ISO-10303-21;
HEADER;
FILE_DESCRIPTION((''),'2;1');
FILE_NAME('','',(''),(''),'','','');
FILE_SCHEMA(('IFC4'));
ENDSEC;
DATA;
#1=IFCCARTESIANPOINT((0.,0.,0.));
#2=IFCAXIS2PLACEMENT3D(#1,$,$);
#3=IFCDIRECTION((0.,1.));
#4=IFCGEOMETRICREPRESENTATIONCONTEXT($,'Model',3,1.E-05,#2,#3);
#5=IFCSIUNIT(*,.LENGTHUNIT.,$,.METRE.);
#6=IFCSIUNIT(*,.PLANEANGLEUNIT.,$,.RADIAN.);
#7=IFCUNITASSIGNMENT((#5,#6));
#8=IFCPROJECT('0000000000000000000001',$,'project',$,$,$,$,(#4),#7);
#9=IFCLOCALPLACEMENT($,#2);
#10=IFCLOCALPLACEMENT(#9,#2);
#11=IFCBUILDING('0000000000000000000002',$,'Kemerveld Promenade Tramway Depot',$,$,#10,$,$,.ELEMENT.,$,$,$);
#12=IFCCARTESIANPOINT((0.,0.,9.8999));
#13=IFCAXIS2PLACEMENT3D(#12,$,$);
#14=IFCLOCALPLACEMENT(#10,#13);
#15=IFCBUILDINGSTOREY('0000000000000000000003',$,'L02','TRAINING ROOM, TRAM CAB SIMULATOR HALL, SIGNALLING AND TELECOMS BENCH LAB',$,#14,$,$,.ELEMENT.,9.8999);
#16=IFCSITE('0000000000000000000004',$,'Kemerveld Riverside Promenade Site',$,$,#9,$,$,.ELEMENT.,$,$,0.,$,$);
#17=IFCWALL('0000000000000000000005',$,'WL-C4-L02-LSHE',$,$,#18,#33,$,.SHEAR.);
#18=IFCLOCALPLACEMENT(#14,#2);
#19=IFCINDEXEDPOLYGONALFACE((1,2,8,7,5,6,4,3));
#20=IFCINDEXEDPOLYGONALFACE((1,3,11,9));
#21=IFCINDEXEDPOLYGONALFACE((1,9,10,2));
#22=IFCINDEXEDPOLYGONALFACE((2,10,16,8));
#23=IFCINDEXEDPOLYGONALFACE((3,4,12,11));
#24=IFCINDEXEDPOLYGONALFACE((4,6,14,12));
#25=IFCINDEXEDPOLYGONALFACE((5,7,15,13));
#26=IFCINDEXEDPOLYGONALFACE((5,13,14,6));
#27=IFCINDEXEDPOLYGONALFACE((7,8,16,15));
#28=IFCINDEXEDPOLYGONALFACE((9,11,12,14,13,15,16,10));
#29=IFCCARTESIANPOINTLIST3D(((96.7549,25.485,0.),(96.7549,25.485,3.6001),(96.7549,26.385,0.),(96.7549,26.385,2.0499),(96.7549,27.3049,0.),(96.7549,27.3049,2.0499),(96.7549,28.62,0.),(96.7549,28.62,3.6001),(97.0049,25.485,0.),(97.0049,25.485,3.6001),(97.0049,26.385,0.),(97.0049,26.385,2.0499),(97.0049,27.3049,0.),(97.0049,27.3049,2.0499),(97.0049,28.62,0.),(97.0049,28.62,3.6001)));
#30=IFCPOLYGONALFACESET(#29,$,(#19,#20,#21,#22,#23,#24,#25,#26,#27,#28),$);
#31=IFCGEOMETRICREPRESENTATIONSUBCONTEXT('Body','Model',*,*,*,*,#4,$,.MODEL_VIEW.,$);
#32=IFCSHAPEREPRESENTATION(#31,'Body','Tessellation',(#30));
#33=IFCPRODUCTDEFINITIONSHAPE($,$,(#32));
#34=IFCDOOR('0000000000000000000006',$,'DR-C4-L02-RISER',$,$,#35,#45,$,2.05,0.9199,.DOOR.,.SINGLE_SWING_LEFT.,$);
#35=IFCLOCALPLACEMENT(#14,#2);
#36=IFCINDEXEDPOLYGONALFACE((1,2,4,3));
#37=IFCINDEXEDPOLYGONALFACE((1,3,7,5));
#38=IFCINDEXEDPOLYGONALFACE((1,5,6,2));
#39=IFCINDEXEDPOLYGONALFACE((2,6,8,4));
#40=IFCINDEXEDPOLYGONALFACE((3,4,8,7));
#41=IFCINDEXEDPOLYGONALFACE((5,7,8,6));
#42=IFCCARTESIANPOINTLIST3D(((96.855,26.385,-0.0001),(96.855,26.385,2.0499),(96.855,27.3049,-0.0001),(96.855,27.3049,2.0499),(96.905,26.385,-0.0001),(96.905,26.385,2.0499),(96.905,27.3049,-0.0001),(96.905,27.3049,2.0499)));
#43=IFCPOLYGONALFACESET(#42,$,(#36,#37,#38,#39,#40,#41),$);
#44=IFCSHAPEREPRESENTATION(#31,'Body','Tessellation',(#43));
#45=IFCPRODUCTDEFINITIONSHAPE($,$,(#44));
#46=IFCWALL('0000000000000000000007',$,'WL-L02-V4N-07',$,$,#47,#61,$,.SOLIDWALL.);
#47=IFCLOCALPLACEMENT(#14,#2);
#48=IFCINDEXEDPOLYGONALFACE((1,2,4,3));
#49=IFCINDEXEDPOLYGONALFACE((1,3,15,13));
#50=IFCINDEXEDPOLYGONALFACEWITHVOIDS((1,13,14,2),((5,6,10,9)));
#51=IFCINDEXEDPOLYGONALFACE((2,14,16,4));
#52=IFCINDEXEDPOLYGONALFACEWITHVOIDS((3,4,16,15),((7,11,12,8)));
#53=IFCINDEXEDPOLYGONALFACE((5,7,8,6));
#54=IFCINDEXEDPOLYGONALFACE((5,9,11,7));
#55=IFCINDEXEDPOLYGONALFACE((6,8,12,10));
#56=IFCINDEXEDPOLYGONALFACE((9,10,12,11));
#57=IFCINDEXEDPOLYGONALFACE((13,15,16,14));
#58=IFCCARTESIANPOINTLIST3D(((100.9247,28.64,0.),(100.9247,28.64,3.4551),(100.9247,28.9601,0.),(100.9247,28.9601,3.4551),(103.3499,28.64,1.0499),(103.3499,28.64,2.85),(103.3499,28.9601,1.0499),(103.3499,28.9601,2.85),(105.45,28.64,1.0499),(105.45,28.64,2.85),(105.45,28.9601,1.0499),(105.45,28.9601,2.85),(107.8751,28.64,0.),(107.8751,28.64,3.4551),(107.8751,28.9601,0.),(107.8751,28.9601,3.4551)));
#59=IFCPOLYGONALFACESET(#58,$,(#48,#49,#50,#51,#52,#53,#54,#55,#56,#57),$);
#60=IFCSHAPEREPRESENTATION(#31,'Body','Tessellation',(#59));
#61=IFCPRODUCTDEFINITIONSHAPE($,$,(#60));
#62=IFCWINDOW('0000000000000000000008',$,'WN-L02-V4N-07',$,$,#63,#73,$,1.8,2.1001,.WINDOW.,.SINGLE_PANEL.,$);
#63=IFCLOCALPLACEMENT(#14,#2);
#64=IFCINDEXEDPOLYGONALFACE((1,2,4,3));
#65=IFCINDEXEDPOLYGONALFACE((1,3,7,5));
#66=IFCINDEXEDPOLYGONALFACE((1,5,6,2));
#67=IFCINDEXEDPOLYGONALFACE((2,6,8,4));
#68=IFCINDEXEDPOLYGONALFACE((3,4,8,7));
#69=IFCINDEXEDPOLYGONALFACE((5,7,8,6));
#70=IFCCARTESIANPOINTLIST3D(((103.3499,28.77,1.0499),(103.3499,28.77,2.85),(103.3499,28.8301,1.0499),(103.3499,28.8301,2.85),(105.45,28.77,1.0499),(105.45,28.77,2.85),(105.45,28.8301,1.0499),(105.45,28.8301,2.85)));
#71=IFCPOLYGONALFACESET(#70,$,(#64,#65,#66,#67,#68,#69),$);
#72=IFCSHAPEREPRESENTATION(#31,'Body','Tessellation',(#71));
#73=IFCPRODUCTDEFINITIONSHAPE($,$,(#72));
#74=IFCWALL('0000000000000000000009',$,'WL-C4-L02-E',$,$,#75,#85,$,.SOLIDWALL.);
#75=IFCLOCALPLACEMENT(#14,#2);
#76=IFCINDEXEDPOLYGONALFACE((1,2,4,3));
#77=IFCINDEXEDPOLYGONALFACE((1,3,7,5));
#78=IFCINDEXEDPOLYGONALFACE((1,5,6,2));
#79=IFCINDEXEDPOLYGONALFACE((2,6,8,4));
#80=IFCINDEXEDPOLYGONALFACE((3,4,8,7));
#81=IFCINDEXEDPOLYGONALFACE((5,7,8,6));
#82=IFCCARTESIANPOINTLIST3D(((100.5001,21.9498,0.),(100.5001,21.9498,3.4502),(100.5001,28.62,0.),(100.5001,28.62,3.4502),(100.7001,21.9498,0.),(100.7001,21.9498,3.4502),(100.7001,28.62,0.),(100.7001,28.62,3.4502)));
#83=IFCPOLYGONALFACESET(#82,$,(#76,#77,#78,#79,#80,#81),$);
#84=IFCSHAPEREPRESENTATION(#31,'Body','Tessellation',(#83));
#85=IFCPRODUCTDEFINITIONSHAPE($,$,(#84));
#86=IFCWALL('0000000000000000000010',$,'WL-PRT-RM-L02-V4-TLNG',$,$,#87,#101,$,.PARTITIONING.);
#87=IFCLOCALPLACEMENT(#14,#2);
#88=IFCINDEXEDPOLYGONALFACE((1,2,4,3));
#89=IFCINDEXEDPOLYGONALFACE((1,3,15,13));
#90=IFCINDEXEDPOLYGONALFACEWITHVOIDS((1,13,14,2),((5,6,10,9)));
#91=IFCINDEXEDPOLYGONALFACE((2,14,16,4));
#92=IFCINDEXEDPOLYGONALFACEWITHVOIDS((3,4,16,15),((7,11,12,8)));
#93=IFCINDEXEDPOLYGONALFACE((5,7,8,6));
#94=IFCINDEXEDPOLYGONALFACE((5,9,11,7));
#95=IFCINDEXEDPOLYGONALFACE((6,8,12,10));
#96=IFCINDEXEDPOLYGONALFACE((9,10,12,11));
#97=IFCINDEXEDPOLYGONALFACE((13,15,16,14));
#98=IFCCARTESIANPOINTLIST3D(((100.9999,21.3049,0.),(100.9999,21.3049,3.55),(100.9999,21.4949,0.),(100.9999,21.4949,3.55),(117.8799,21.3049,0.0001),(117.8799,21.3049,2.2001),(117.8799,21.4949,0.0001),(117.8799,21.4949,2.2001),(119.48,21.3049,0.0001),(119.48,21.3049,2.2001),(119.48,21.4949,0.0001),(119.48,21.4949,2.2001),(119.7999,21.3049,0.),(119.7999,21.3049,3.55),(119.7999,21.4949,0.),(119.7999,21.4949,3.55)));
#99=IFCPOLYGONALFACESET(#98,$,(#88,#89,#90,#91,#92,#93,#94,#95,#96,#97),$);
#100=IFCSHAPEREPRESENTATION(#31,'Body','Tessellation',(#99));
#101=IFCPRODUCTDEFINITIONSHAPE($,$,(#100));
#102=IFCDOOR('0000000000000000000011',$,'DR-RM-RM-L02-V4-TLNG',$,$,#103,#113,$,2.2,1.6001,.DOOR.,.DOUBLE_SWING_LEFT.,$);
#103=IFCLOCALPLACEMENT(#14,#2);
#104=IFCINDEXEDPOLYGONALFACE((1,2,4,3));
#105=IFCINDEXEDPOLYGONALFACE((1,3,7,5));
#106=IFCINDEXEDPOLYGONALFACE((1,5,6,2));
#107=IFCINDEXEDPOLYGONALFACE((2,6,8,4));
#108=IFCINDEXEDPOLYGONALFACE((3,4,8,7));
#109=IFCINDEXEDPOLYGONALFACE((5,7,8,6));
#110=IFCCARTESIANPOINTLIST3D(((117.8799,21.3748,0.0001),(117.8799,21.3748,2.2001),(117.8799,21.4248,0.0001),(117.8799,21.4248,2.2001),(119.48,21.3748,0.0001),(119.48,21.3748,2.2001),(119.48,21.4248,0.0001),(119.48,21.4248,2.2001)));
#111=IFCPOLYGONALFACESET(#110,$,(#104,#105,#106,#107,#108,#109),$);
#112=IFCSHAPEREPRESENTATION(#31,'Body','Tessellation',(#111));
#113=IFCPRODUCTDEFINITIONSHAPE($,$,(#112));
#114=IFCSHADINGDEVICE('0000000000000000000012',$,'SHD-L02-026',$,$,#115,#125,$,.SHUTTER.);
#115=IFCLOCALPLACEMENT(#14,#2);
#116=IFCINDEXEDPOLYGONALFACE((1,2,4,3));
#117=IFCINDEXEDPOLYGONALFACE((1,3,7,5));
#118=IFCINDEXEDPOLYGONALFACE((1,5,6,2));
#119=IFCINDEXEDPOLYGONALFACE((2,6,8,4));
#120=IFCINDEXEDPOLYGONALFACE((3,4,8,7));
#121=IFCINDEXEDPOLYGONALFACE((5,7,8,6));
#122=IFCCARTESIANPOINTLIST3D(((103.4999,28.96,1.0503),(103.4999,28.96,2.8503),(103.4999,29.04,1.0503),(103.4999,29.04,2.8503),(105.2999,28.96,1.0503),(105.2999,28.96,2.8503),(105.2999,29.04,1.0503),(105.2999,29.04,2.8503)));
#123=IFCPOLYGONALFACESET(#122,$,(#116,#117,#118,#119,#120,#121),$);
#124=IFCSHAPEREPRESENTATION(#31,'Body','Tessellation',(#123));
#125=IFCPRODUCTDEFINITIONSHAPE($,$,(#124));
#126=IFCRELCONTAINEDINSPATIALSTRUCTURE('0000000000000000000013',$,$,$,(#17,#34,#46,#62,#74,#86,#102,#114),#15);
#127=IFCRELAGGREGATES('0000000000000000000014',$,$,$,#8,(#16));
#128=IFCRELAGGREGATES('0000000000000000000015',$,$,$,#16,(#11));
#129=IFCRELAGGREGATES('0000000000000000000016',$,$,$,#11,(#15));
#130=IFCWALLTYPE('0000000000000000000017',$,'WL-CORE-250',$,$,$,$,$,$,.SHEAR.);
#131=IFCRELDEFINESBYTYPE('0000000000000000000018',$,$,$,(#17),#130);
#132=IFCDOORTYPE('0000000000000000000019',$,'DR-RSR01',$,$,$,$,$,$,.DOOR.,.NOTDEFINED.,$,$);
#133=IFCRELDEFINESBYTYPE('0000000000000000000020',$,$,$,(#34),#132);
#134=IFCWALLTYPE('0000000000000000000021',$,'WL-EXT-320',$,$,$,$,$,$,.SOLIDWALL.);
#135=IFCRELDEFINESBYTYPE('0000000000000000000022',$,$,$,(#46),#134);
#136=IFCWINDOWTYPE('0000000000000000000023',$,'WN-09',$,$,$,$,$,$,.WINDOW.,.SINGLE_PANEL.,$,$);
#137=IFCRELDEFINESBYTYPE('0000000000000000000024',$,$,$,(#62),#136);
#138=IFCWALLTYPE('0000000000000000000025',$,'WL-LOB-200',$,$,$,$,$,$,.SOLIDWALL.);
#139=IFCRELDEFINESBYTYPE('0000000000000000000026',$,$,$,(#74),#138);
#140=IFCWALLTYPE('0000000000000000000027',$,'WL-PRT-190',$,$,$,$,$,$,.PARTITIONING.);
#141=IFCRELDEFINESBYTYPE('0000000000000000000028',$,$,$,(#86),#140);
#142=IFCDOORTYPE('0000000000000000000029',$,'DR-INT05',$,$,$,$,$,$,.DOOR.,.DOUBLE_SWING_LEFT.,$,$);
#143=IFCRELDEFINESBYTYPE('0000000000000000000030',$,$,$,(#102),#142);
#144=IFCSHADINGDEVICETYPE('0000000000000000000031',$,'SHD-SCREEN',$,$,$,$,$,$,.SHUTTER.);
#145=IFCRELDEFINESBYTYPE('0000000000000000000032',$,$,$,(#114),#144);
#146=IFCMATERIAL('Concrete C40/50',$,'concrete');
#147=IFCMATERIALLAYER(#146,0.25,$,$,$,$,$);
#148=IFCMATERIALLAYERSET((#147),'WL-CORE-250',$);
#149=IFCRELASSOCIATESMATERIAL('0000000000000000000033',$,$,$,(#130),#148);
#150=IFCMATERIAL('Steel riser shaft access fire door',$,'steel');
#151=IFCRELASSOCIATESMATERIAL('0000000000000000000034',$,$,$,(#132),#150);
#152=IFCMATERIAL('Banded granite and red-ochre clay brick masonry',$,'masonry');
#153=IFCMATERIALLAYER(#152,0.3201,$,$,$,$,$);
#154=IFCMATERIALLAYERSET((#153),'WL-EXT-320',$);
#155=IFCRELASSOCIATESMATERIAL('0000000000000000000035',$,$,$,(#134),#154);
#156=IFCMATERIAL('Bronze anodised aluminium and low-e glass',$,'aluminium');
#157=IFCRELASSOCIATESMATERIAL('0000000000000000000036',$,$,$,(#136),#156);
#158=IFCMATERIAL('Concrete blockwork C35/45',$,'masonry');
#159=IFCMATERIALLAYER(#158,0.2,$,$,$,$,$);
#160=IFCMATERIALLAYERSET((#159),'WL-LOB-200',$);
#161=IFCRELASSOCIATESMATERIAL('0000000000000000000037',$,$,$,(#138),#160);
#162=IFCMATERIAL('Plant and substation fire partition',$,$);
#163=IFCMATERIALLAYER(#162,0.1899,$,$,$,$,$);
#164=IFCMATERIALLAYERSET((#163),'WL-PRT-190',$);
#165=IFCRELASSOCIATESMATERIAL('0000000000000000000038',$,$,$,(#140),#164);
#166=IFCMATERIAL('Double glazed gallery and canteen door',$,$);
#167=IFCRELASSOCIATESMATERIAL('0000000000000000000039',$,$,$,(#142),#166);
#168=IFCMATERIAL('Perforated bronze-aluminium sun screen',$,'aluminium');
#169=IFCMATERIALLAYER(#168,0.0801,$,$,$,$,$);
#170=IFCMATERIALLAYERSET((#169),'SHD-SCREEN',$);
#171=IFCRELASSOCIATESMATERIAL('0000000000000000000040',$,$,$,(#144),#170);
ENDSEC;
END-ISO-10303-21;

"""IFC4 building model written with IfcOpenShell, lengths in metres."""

from ifc_helpers import new_model, si_unit, direction, frame, frame_2d, origin, origin_2d, place, context, subcontext, project, spatial, rectangle, extrude, material, layer, layer_set, type_object, element, fill, save


model = new_model("IFC4")

# Units and contexts
model_context = context("Model", 3, precision=1e-05, world=origin(), true_north=direction((0.0, 1.0)))
body_context = subcontext(model_context, "Body", "Model", "MODEL_VIEW")
ifc_project = project(units=[si_unit("LENGTHUNIT", "METRE"), si_unit("PLANEANGLEUNIT", "RADIAN")], contexts=[model_context])

# Site, building, storey
site_placement = place(None, origin())
site = spatial("IfcSite", under=ifc_project, at=site_placement, Name="Kemerveld Riverside Promenade Site", CompositionType="ELEMENT", RefElevation=0.0)
building_placement = place(site_placement, origin())
building = spatial("IfcBuilding", under=site, at=building_placement, Name="Kemerveld Promenade Tramway Depot", CompositionType="ELEMENT")
storey_placement = place(building_placement, frame((0.0, 0.0, 9.8999)))
storey = spatial("IfcBuildingStorey", under=building, at=storey_placement, Name="L02", Description="TRAINING ROOM, TRAM CAB SIMULATOR HALL, SIGNALLING AND TELECOMS BENCH LAB", CompositionType="ELEMENT", Elevation=9.8999)

# Shared definitions
ifc_material_1 = material(Name="Concrete C40/50", Category="concrete")

# Wall, opening, door
ifc_layer_1 = layer(ifc_material_1, 0.25)
ifc_layer_set_1 = layer_set([ifc_layer_1], Name="WL-CORE-250")
wall_type_1 = type_object("IfcWallType", Name="WL-CORE-250", PredefinedType="SHEAR", material=ifc_layer_set_1)
wall_1_placement = place(storey_placement, frame((96.8799, 25.4851, 0.0), z_axis=(0.0, 0.0, 1.0), x_axis=(0.0, 1.0, 0.0)))
wall_1 = element("IfcWall", 1, at=wall_1_placement, inside=storey, type_object=wall_type_1, Name="WL-C4-L02-LSHE", PredefinedType="SHEAR", context=body_context, shape_type="SweptSolid", body=[
    extrude(rectangle(XDim=3.135, YDim=0.25, at=frame_2d((1.5674, 0.0))), origin(), (0.0, 0.0, 1.0), 3.6001),
])
opening_1_placement = place(wall_1_placement, frame((0.8999, 0.0, 0.0)))
opening_1 = element("IfcOpeningElement", 2, at=opening_1_placement, cuts=wall_1, PredefinedType="OPENING", context=body_context, shape_type="SweptSolid", body=[
    extrude(rectangle(XDim=0.9199, YDim=2.05, at=frame_2d((0.46, 1.0249))), frame((0.0, 0.135, 0.0), z_axis=(0.0, -1.0, 0.0), x_axis=(1.0, 0.0, 0.0)), (0.0, 0.0, 1.0), 0.27),
])
ifc_material_2 = material(Name="Steel riser shaft access fire door", Category="steel")
door_type_1 = type_object("IfcDoorType", Name="DR-RSR01", OperationType="NOTDEFINED", PredefinedType="DOOR", material=ifc_material_2)
door_1_placement = place(opening_1_placement, origin())
door_1 = element("IfcDoor", 3, at=door_1_placement, inside=storey, type_object=door_type_1, Name="DR-C4-L02-RISER", OperationType="SINGLE_SWING_LEFT", OverallHeight=2.05, OverallWidth=0.9199, PredefinedType="DOOR", context=body_context, shape_type="SweptSolid", body=[
    extrude(rectangle(XDim=0.9199, YDim=2.05, at=frame_2d((0.46, 1.0249))), frame((0.0, 0.0249, 0.0), z_axis=(0.0, -1.0, 0.0), x_axis=(1.0, 0.0, 0.0)), (0.0, 0.0, 1.0), 0.05),
])
fill(opening_1, door_1)

# Wall, opening, window
ifc_material_3 = material(Name="Banded granite and red-ochre clay brick masonry", Category="masonry")
ifc_layer_2 = layer(ifc_material_3, 0.3201)
ifc_layer_set_2 = layer_set([ifc_layer_2], Name="WL-EXT-320")
wall_type_2 = type_object("IfcWallType", Name="WL-EXT-320", PredefinedType="SOLIDWALL", material=ifc_layer_set_2)
wall_2_placement = place(storey_placement, frame((100.9248, 28.8, 0.0), z_axis=(0.0, 0.0, 1.0), x_axis=(1.0, 0.0, 0.0)))
wall_2 = element("IfcWall", 4, at=wall_2_placement, inside=storey, type_object=wall_type_2, Name="WL-L02-V4N-07", PredefinedType="SOLIDWALL", context=body_context, shape_type="SweptSolid", body=[
    extrude(rectangle(XDim=6.9504, YDim=0.3201, at=frame_2d((3.4751, 0.0))), origin(), (0.0, 0.0, 1.0), 3.4551),
])
opening_2_placement = place(wall_2_placement, frame((2.425, 0.0, 1.05)))
opening_2 = element("IfcOpeningElement", 5, at=opening_2_placement, cuts=wall_2, PredefinedType="OPENING", context=body_context, shape_type="SweptSolid", body=[
    extrude(rectangle(XDim=2.1001, YDim=1.8, at=frame_2d((1.05, 0.8999))), frame((0.0, 0.1699, 0.0), z_axis=(0.0, -1.0, 0.0), x_axis=(1.0, 0.0, 0.0)), (0.0, 0.0, 1.0), 0.3401),
])
ifc_material_4 = material(Name="Bronze anodised aluminium and low-e glass", Category="aluminium")
window_type = type_object("IfcWindowType", Name="WN-09", PartitioningType="SINGLE_PANEL", PredefinedType="WINDOW", material=ifc_material_4)
window_placement = place(opening_2_placement, origin())
window = element("IfcWindow", 6, at=window_placement, inside=storey, type_object=window_type, Name="WN-L02-V4N-07", OverallHeight=1.8, OverallWidth=2.1001, PartitioningType="SINGLE_PANEL", PredefinedType="WINDOW", context=body_context, shape_type="SweptSolid", body=[
    extrude(rectangle(XDim=2.1001, YDim=1.8, at=frame_2d((1.05, 0.8999))), frame((0.0, 0.03, 0.0), z_axis=(0.0, -1.0, 0.0), x_axis=(1.0, 0.0, 0.0)), (0.0, 0.0, 1.0), 0.0601),
])
fill(opening_2, window)

# Wall
ifc_material_5 = material(Name="Concrete blockwork C35/45", Category="masonry")
ifc_layer_3 = layer(ifc_material_5, 0.2)
ifc_layer_set_3 = layer_set([ifc_layer_3], Name="WL-LOB-200")
wall_type_3 = type_object("IfcWallType", Name="WL-LOB-200", PredefinedType="SOLIDWALL", material=ifc_layer_set_3)
wall_3_placement = place(storey_placement, frame((100.6001, 21.95, 0.0), z_axis=(0.0, 0.0, 1.0), x_axis=(0.0, 1.0, 0.0)))
element("IfcWall", 7, at=wall_3_placement, inside=storey, type_object=wall_type_3, Name="WL-C4-L02-E", PredefinedType="SOLIDWALL", context=body_context, shape_type="SweptSolid", body=[
    extrude(rectangle(XDim=6.6702, YDim=0.2, at=frame_2d((3.335, 0.0))), origin(), (0.0, 0.0, 1.0), 3.4502),
])

# Wall, opening, door
ifc_material_6 = material(Name="Plant and substation fire partition")
ifc_layer_4 = layer(ifc_material_6, 0.1899)
ifc_layer_set_4 = layer_set([ifc_layer_4], Name="WL-PRT-190")
wall_type_4 = type_object("IfcWallType", Name="WL-PRT-190", PredefinedType="PARTITIONING", material=ifc_layer_set_4)
wall_4_placement = place(storey_placement, frame((101.0, 21.3999, 0.0), z_axis=(0.0, 0.0, 1.0), x_axis=(1.0, 0.0, 0.0)))
wall_4 = element("IfcWall", 8, at=wall_4_placement, inside=storey, type_object=wall_type_4, Name="WL-PRT-RM-L02-V4-TLNG", PredefinedType="PARTITIONING", context=body_context, shape_type="SweptSolid", body=[
    extrude(rectangle(XDim=18.8, YDim=0.1899, at=frame_2d((9.3999, 0.0))), origin(), (0.0, 0.0, 1.0), 3.55),
])
opening_3_placement = place(wall_4_placement, frame((16.8799, 0.0, 0.0)))
opening_3 = element("IfcOpeningElement", 9, at=opening_3_placement, cuts=wall_4, PredefinedType="OPENING", context=body_context, shape_type="SweptSolid", body=[
    extrude(rectangle(XDim=1.6001, YDim=2.2, at=frame_2d((0.8, 1.1001))), frame((0.0, 0.105, 0.0), z_axis=(0.0, -1.0, 0.0), x_axis=(1.0, 0.0, 0.0)), (0.0, 0.0, 1.0), 0.21),
])
ifc_material_7 = material(Name="Double glazed gallery and canteen door")
door_type_2 = type_object("IfcDoorType", Name="DR-INT05", OperationType="DOUBLE_SWING_LEFT", PredefinedType="DOOR", material=ifc_material_7)
door_2_placement = place(opening_3_placement, origin())
door_2 = element("IfcDoor", 10, at=door_2_placement, inside=storey, type_object=door_type_2, Name="DR-RM-RM-L02-V4-TLNG", OperationType="DOUBLE_SWING_LEFT", OverallHeight=2.2, OverallWidth=1.6001, PredefinedType="DOOR", context=body_context, shape_type="SweptSolid", body=[
    extrude(rectangle(XDim=1.6001, YDim=2.2, at=frame_2d((0.8, 1.1001))), frame((0.0, 0.0249, 0.0), z_axis=(0.0, -1.0, 0.0), x_axis=(1.0, 0.0, 0.0)), (0.0, 0.0, 1.0), 0.05),
])
fill(opening_3, door_2)

# Shading device
ifc_material_8 = material(Name="Perforated bronze-aluminium sun screen", Category="aluminium")
ifc_layer_5 = layer(ifc_material_8, 0.0801)
ifc_layer_set_5 = layer_set([ifc_layer_5], Name="SHD-SCREEN")
shading_device_type = type_object("IfcShadingDeviceType", Name="SHD-SCREEN", PredefinedType="SHUTTER", material=ifc_layer_set_5)
shading_device_placement = place(storey_placement, frame((104.3999, 29.0, 1.0503), z_axis=(0.0, 0.0, 1.0), x_axis=(1.0, 0.0, 0.0)))
element("IfcShadingDevice", 11, at=shading_device_placement, inside=storey, type_object=shading_device_type, Name="SHD-L02-026", PredefinedType="SHUTTER", context=body_context, shape_type="SweptSolid", body=[
    extrude(rectangle(XDim=1.8, YDim=0.0801, at=origin_2d()), origin(), (0.0, 0.0, 1.0), 1.8),
])

save(model, "model.ifc")
